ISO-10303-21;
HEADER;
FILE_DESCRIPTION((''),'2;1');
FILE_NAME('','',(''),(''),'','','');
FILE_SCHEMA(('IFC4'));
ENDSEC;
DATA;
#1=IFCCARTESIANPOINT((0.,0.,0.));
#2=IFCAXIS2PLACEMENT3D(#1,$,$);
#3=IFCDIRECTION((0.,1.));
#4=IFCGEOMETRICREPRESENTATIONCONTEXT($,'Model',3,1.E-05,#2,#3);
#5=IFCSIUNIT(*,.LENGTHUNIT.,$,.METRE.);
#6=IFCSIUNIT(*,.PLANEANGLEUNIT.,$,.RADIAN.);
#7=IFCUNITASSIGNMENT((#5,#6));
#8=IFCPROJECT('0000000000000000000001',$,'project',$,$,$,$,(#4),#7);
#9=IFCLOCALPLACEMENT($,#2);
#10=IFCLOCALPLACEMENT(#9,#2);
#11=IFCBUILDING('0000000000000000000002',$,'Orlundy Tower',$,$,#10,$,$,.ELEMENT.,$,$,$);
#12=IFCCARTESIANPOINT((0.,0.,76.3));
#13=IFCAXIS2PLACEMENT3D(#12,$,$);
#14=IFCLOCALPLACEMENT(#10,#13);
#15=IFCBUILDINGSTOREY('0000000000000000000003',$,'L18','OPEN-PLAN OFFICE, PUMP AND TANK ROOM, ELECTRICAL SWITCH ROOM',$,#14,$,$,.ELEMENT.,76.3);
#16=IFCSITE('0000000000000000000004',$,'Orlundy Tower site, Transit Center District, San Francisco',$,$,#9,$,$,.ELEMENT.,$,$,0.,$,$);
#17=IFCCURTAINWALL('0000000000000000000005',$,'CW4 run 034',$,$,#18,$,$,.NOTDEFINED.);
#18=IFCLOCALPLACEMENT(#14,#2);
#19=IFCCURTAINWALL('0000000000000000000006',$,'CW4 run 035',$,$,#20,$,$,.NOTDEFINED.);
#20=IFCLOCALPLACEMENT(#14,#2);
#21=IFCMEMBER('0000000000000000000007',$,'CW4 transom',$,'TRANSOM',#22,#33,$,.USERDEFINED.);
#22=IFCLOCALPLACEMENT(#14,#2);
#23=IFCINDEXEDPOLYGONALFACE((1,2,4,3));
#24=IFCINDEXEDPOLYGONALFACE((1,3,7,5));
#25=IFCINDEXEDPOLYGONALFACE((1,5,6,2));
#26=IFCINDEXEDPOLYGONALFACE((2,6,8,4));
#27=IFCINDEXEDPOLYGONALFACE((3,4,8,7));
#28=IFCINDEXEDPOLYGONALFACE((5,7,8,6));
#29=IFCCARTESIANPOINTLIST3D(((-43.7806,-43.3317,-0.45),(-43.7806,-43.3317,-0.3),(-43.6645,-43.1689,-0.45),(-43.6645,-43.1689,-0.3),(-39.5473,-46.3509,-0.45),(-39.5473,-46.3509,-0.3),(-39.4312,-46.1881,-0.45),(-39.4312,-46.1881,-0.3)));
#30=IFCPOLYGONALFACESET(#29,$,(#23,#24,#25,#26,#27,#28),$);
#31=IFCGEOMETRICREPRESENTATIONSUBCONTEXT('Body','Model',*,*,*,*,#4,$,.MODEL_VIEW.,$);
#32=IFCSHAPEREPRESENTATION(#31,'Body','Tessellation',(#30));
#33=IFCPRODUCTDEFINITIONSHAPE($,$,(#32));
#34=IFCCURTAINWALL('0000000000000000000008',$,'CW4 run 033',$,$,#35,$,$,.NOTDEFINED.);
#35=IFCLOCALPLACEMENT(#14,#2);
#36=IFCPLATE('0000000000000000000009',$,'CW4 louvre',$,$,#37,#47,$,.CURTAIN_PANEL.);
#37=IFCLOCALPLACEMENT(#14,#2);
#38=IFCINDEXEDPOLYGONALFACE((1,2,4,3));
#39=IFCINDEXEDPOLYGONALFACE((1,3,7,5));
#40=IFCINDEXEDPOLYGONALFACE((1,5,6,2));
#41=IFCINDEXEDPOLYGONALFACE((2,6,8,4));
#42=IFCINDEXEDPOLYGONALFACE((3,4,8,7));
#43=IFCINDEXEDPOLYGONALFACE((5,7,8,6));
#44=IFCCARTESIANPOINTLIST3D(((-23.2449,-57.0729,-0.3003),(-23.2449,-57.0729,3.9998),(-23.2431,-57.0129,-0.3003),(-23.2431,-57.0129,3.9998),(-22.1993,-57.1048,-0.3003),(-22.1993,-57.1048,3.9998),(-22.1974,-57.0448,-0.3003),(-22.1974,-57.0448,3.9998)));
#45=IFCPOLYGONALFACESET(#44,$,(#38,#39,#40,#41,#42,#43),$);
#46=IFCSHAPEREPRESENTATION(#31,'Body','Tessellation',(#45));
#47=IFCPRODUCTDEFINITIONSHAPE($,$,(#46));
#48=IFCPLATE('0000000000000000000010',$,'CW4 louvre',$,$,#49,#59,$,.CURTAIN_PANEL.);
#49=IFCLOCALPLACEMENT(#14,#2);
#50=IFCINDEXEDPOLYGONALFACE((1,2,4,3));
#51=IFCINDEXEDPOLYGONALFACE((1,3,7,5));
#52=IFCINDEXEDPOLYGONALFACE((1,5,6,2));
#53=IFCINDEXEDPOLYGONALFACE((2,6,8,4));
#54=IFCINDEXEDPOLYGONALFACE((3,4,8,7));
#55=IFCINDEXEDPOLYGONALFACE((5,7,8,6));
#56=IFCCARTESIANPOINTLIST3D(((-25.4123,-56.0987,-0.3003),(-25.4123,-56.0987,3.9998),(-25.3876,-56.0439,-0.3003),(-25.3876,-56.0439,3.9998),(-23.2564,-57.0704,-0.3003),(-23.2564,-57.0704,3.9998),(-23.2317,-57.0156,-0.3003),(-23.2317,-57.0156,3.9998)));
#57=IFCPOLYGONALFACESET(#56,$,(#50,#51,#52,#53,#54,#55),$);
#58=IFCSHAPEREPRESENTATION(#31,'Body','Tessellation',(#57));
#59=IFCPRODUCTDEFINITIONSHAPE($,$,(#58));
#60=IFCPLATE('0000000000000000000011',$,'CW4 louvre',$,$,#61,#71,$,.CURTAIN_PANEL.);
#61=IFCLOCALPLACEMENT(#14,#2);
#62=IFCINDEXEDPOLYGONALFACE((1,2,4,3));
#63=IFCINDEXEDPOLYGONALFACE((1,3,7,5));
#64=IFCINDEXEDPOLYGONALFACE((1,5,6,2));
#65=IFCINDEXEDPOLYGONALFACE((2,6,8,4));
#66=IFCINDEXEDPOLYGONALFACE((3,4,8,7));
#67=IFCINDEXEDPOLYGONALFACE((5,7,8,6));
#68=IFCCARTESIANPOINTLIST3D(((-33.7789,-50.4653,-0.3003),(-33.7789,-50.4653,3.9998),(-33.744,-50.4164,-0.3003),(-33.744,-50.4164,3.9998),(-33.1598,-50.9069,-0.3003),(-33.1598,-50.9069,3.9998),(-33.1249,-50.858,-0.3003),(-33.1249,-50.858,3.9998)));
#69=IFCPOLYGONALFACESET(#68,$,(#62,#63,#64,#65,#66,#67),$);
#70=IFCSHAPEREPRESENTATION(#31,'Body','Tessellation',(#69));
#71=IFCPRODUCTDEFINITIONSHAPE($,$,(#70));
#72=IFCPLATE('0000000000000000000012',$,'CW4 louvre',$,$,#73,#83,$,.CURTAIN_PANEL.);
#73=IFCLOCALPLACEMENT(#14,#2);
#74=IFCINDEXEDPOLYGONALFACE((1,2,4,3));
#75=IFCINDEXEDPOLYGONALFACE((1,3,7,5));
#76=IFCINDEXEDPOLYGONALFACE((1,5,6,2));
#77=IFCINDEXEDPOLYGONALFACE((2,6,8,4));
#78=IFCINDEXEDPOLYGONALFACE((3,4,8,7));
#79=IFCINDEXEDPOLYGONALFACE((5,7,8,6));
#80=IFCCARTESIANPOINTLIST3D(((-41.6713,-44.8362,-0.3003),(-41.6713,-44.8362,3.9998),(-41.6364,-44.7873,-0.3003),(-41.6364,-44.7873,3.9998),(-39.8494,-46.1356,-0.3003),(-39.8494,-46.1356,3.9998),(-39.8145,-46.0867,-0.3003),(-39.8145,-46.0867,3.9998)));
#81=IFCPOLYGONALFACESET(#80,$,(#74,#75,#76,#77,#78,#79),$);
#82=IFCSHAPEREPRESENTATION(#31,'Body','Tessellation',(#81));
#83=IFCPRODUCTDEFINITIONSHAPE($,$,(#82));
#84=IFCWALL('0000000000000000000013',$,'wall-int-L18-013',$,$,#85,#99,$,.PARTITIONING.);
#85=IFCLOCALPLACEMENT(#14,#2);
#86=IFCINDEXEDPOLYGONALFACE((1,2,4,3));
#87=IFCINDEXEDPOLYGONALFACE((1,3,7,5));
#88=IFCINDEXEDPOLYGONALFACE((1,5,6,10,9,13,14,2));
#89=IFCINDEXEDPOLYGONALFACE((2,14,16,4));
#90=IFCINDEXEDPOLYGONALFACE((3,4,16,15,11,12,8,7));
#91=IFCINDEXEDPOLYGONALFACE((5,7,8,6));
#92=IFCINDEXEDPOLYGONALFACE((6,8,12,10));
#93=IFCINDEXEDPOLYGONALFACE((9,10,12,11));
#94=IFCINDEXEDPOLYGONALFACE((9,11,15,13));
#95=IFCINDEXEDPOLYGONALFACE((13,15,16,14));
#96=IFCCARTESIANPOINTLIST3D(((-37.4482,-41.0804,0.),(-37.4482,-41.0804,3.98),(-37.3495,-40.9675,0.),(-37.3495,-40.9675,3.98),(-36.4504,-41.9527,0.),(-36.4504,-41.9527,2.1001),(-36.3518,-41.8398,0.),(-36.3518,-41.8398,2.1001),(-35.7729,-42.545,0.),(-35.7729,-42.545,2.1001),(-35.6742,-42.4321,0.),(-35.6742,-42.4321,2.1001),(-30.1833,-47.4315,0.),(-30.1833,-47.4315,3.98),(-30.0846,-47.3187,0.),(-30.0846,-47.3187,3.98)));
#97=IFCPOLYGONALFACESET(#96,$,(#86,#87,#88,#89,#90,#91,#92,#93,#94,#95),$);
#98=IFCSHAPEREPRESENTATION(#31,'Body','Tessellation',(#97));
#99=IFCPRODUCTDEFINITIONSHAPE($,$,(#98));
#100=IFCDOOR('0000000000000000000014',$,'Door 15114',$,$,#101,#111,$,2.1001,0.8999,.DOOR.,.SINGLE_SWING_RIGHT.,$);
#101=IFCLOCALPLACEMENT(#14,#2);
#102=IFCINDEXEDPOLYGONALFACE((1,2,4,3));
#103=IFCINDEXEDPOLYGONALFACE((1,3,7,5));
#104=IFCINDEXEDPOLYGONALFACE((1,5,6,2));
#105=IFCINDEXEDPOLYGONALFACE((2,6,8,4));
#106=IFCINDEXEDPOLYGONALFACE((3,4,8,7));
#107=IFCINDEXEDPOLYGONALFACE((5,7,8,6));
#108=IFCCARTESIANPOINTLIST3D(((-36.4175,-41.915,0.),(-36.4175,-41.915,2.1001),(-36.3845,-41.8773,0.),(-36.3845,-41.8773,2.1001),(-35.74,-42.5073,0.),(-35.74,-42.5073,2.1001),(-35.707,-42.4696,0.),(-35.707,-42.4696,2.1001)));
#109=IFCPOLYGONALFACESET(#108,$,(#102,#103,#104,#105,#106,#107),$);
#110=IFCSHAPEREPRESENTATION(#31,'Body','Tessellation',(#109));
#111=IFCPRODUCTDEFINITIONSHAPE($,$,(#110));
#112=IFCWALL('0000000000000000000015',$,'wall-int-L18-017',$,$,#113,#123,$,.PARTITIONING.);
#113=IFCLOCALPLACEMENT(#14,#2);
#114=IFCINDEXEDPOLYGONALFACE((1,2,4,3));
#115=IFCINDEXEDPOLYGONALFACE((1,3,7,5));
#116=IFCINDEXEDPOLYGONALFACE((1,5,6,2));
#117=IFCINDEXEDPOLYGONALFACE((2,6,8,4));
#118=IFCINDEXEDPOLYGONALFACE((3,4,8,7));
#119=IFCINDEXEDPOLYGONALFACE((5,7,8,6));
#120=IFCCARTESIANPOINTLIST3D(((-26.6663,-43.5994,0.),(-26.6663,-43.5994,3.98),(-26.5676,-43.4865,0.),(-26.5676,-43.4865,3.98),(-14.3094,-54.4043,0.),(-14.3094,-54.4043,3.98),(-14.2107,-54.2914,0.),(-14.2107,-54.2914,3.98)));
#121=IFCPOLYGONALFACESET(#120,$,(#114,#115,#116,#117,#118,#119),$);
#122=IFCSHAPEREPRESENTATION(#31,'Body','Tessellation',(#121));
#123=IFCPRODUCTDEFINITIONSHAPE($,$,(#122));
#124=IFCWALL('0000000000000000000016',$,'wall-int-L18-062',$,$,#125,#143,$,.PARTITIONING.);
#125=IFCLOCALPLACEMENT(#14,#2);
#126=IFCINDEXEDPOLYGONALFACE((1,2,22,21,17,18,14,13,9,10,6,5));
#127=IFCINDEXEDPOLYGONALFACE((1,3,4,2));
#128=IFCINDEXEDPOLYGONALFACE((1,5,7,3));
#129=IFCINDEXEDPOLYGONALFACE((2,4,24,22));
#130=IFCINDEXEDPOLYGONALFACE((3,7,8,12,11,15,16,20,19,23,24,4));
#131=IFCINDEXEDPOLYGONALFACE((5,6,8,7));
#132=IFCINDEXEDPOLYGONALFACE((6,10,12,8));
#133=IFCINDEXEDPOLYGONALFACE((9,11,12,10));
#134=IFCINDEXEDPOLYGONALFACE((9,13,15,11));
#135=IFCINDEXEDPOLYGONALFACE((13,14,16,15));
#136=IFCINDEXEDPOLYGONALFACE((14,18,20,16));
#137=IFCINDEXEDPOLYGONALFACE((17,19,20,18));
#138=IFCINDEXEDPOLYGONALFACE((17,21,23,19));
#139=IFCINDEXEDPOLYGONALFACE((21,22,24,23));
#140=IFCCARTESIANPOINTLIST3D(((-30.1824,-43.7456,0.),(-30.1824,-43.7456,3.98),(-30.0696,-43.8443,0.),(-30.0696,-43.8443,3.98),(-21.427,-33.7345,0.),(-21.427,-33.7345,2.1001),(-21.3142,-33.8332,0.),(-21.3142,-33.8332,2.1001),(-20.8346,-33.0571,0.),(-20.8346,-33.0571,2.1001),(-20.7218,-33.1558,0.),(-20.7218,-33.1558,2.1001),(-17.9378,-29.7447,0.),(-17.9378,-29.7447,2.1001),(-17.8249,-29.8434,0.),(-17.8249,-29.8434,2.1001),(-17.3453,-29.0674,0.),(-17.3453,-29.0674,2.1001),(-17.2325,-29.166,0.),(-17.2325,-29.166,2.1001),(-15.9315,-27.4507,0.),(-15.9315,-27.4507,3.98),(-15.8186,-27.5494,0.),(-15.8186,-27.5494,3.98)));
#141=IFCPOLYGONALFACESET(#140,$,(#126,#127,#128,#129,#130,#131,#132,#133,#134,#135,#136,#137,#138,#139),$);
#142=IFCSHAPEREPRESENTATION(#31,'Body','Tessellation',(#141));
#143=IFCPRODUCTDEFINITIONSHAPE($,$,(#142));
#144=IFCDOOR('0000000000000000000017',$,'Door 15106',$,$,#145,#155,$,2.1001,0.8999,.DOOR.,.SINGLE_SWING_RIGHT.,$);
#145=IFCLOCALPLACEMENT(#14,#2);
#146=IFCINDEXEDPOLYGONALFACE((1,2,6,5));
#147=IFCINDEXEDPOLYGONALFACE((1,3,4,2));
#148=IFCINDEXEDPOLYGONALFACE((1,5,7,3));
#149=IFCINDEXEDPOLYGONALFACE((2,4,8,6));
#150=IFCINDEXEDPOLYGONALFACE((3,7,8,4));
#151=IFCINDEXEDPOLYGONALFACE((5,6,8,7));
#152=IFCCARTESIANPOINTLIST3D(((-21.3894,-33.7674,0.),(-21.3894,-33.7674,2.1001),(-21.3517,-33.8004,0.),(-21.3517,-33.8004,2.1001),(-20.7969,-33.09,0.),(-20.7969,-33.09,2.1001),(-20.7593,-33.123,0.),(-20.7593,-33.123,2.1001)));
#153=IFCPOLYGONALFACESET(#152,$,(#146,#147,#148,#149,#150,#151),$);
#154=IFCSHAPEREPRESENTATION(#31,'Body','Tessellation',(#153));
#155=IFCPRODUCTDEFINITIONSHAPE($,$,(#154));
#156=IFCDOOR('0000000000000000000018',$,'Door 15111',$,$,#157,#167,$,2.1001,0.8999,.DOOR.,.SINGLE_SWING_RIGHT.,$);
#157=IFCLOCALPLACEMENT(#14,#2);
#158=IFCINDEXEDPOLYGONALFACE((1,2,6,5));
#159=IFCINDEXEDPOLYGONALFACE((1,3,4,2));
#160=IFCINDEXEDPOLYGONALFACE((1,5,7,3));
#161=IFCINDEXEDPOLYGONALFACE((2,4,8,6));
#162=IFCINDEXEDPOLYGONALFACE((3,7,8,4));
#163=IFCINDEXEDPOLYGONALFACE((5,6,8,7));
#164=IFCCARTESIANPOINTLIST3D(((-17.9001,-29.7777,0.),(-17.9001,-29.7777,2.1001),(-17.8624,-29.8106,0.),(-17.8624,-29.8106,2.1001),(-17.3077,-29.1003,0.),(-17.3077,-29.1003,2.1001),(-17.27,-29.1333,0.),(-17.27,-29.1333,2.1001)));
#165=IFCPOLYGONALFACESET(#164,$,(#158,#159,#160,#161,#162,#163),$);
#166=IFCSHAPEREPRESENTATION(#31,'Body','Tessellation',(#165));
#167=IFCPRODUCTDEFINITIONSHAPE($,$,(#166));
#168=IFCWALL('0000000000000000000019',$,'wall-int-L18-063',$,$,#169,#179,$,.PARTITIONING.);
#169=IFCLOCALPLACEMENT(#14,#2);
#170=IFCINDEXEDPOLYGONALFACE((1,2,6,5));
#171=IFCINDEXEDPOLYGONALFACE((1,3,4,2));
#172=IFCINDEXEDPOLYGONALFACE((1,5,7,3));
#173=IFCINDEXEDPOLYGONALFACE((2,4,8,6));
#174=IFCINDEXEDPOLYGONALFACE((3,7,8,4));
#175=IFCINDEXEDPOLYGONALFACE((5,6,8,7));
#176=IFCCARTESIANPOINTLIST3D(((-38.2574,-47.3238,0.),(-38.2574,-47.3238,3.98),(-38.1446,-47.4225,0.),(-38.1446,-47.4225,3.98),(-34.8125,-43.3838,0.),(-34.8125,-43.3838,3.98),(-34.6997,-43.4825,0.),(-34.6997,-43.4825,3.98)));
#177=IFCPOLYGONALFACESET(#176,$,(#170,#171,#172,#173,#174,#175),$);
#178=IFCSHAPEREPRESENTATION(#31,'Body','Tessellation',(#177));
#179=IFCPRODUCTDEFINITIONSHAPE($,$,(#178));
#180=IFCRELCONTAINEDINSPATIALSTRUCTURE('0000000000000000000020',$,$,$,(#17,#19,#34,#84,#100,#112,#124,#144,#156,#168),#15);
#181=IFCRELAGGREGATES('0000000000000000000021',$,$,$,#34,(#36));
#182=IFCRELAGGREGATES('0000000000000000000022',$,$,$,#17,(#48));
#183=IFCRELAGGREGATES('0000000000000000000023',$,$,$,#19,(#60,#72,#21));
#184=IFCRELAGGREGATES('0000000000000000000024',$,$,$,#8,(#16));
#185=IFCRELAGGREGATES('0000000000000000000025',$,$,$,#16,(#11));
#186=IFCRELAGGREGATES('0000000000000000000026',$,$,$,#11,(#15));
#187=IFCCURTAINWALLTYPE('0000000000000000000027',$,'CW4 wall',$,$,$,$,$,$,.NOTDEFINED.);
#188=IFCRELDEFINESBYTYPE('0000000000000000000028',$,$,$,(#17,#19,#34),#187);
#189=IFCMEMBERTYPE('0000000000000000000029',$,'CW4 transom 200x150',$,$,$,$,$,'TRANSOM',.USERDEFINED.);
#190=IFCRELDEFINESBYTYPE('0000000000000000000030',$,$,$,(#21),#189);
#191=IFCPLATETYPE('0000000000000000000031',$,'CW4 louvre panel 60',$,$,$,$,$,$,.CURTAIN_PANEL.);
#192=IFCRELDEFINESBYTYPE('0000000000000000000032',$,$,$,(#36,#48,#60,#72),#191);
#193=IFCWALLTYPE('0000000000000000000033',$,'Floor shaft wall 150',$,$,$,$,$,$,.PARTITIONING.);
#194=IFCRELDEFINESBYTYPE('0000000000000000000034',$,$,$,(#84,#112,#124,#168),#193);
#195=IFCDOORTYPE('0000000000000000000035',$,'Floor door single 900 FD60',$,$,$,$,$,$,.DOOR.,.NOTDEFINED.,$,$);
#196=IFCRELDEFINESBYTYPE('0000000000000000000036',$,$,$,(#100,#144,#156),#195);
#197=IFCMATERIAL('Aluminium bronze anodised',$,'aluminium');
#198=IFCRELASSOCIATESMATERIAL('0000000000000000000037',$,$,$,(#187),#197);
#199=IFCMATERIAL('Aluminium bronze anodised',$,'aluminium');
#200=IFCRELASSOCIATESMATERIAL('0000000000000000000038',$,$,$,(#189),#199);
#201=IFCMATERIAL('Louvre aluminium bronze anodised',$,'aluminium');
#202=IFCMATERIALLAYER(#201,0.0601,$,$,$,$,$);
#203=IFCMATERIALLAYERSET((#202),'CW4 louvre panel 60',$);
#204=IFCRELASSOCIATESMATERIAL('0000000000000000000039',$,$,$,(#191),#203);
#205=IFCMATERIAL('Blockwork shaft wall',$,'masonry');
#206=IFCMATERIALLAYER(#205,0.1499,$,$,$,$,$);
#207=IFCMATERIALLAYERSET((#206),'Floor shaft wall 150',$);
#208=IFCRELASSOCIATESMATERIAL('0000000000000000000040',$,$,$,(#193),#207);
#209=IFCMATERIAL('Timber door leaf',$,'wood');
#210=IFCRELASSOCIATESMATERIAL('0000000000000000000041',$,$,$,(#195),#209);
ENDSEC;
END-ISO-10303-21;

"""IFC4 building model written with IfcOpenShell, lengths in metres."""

from ifc_helpers import new_model, si_unit, direction, frame, frame_2d, origin, origin_2d, place, context, subcontext, project, spatial, rectangle, extrude, material, layer, layer_set, material_profile, profile_set, type_object, element, fill, aggregate, save


model = new_model("IFC4")

# Units and contexts
model_context = context("Model", 3, precision=1e-05, world=origin(), true_north=direction((0.0, 1.0)))
body_context = subcontext(model_context, "Body", "Model", "MODEL_VIEW")
ifc_project = project(units=[si_unit("LENGTHUNIT", "METRE"), si_unit("PLANEANGLEUNIT", "RADIAN")], contexts=[model_context])

# Site, building, storey
site_placement = place(None, origin())
site = spatial("IfcSite", under=ifc_project, at=site_placement, Name="Orlundy Tower site, Transit Center District, San Francisco", CompositionType="ELEMENT", RefElevation=0.0)
building_placement = place(site_placement, origin())
building = spatial("IfcBuilding", under=site, at=building_placement, Name="Orlundy Tower", CompositionType="ELEMENT")
storey_placement = place(building_placement, frame((0.0, 0.0, 76.3)))
storey = spatial("IfcBuildingStorey", under=building, at=storey_placement, Name="L18", Description="OPEN-PLAN OFFICE, PUMP AND TANK ROOM, ELECTRICAL SWITCH ROOM", CompositionType="ELEMENT", Elevation=76.3)

# Curtain walls, member
ifc_material_1 = material(Name="Aluminium bronze anodised", Category="aluminium")
curtain_wall_type = type_object("IfcCurtainWallType", Name="CW4 wall", PredefinedType="NOTDEFINED", material=ifc_material_1)
curtain_wall_1_placement = place(storey_placement, origin())
curtain_wall_1 = element("IfcCurtainWall", 1, at=curtain_wall_1_placement, inside=storey, type_object=curtain_wall_type, Name="CW4 run 034", PredefinedType="NOTDEFINED")
ifc_material_2 = material(Name="Aluminium bronze anodised", Category="aluminium")
ifc_material_profile_1 = material_profile(ifc_material_2, rectangle(XDim=0.2, YDim=0.1499, at=origin_2d()), Name="CW4 transom 200x150")
ifc_profile_set_1 = profile_set([ifc_material_profile_1], Name="Aluminium bronze anodised")
member_type_1 = type_object("IfcMemberType", Name="CW4 transom 200x150", ElementType="TRANSOM", PredefinedType="USERDEFINED", material=ifc_profile_set_1)
curtain_wall_2_placement = place(storey_placement, origin())
curtain_wall_2 = element("IfcCurtainWall", 2, at=curtain_wall_2_placement, inside=storey, type_object=curtain_wall_type, Name="CW4 run 035", PredefinedType="NOTDEFINED")
member_1_placement = place(storey_placement, frame((-39.4893, -46.2695, -0.375), z_axis=(-0.814149, 0.580656, 0.0), x_axis=(-0.580656, -0.814149, 0.0)))
member_1 = element("IfcMember", 3, at=member_1_placement, type_object=member_type_1, Name="CW4 transom", ObjectType="TRANSOM", PredefinedType="USERDEFINED", context=body_context, shape_type="SweptSolid", body=[
    extrude(rectangle(XDim=0.2, YDim=0.1499, at=origin_2d()), origin(), (0.0, 0.0, 1.0), 5.1997),
])

# Curtain wall, plate
curtain_wall_3_placement = place(storey_placement, origin())
curtain_wall_3 = element("IfcCurtainWall", 4, at=curtain_wall_3_placement, inside=storey, type_object=curtain_wall_type, Name="CW4 run 033", PredefinedType="NOTDEFINED")
ifc_material_3 = material(Name="Louvre aluminium bronze anodised", Category="aluminium")
ifc_layer_1 = layer(ifc_material_3, 0.0601)
ifc_layer_set_1 = layer_set([ifc_layer_1], Name="CW4 louvre panel 60")
plate_type = type_object("IfcPlateType", Name="CW4 louvre panel 60", PredefinedType="CURTAIN_PANEL", material=ifc_layer_set_1)
plate_1_placement = place(storey_placement, frame((-22.7212, -57.0588, -0.3003), z_axis=(0.0, 0.0, 1.0), x_axis=(-0.999535, 0.030485, 0.0)))
plate_1 = element("IfcPlate", 5, at=plate_1_placement, type_object=plate_type, Name="CW4 louvre", PredefinedType="CURTAIN_PANEL", context=body_context, shape_type="SweptSolid", body=[
    extrude(rectangle(XDim=1.0461, YDim=0.0601, at=origin_2d()), origin(), (0.0, 0.0, 1.0), 4.3),
])
aggregate(curtain_wall_3, [plate_1])

# Plates
plate_2_placement = place(storey_placement, frame((-24.322, -56.5571, -0.3003), z_axis=(0.0, 0.0, 1.0), x_axis=(-0.911674, 0.410914, 0.0)))
plate_2 = element("IfcPlate", 6, at=plate_2_placement, type_object=plate_type, Name="CW4 louvre", PredefinedType="CURTAIN_PANEL", context=body_context, shape_type="SweptSolid", body=[
    extrude(rectangle(XDim=2.3647, YDim=0.0601, at=origin_2d()), origin(), (0.0, 0.0, 1.0), 4.3),
])
aggregate(curtain_wall_1, [plate_2])
plate_3_placement = place(storey_placement, frame((-33.4519, -50.6616, -0.3003), z_axis=(0.0, 0.0, 1.0), x_axis=(-0.814142, 0.580666, 0.0)))
plate_3 = element("IfcPlate", 7, at=plate_3_placement, type_object=plate_type, Name="CW4 louvre", PredefinedType="CURTAIN_PANEL", context=body_context, shape_type="SweptSolid", body=[
    extrude(rectangle(XDim=0.7605, YDim=0.0601, at=origin_2d()), origin(), (0.0, 0.0, 1.0), 4.3),
])
plate_4_placement = place(storey_placement, frame((-40.7429, -45.4614, -0.3003), z_axis=(0.0, 0.0, 1.0), x_axis=(-0.814142, 0.580666, 0.0)))
plate_4 = element("IfcPlate", 8, at=plate_4_placement, type_object=plate_type, Name="CW4 louvre", PredefinedType="CURTAIN_PANEL", context=body_context, shape_type="SweptSolid", body=[
    extrude(rectangle(XDim=2.2378, YDim=0.0601, at=origin_2d()), origin(), (0.0, 0.0, 1.0), 4.3),
])
aggregate(curtain_wall_2, [plate_3, plate_4, member_1])

# Wall, opening, door
ifc_material_4 = material(Name="Blockwork shaft wall", Category="masonry")
ifc_layer_2 = layer(ifc_material_4, 0.1499)
ifc_layer_set_2 = layer_set([ifc_layer_2], Name="Floor shaft wall 150")
wall_type = type_object("IfcWallType", Name="Floor shaft wall 150", PredefinedType="PARTITIONING", material=ifc_layer_set_2)
wall_1_placement = place(storey_placement, frame((-30.134, -47.375, 0.0), z_axis=(0.0, 0.0, 1.0), x_axis=(-0.75287, 0.65817, 0.0)))
wall_1 = element("IfcWall", 9, at=wall_1_placement, inside=storey, type_object=wall_type, Name="wall-int-L18-013", PredefinedType="PARTITIONING", context=body_context, shape_type="SweptSolid", body=[
    extrude(rectangle(XDim=9.6497, YDim=0.1499, at=frame_2d((4.8247, 0.0))), origin(), (0.0, 0.0, 1.0), 3.98),
])
opening_1_placement = place(wall_1_placement, frame((7.4243, 0.0, 0.0)))
opening_1 = element("IfcOpeningElement", 10, at=opening_1_placement, cuts=wall_1, PredefinedType="OPENING", context=body_context, shape_type="SweptSolid", body=[
    extrude(rectangle(XDim=0.8999, YDim=2.1001, at=frame_2d((0.45, 1.05))), frame((0.0, 0.085, 0.0), z_axis=(0.0, -1.0, 0.0), x_axis=(1.0, 0.0, 0.0)), (0.0, 0.0, 1.0), 0.1699),
])
ifc_material_5 = material(Name="Timber door leaf", Category="wood")
door_type = type_object("IfcDoorType", Name="Floor door single 900 FD60", OperationType="NOTDEFINED", PredefinedType="DOOR", material=ifc_material_5)
door_1_placement = place(opening_1_placement, origin())
door_1 = element("IfcDoor", 11, at=door_1_placement, inside=storey, type_object=door_type, Name="Door 15114", OperationType="SINGLE_SWING_RIGHT", OverallHeight=2.1001, OverallWidth=0.8999, PredefinedType="DOOR", context=body_context, shape_type="SweptSolid", body=[
    extrude(rectangle(XDim=0.8999, YDim=2.1001, at=frame_2d((0.45, 1.05))), frame((0.0, 0.0249, 0.0), z_axis=(0.0, -1.0, 0.0), x_axis=(1.0, 0.0, 0.0)), (0.0, 0.0, 1.0), 0.05),
])
fill(opening_1, door_1)

# Wall
wall_2_placement = place(storey_placement, frame((-26.6169, -43.543, 0.0), z_axis=(0.0, 0.0, 1.0), x_axis=(0.7528, -0.65825, 0.0)))
element("IfcWall", 12, at=wall_2_placement, inside=storey, type_object=wall_type, Name="wall-int-L18-017", PredefinedType="PARTITIONING", context=body_context, shape_type="SweptSolid", body=[
    extrude(rectangle(XDim=16.4146, YDim=0.1499, at=frame_2d((8.2073, 0.0))), origin(), (0.0, 0.0, 1.0), 3.98),
])

# Wall, openings, doors
wall_3_placement = place(storey_placement, frame((-30.126, -43.7949, 0.0), z_axis=(0.0, 0.0, 1.0), x_axis=(0.658319, 0.752739, 0.0)))
wall_3 = element("IfcWall", 13, at=wall_3_placement, inside=storey, type_object=wall_type, Name="wall-int-L18-062", PredefinedType="PARTITIONING", context=body_context, shape_type="SweptSolid", body=[
    extrude(rectangle(XDim=21.6475, YDim=0.1499, at=frame_2d((10.8237, 0.0))), origin(), (0.0, 0.0, 1.0), 3.98),
])
opening_2_placement = place(wall_3_placement, frame((13.2996, 0.0, 0.0)))
opening_2 = element("IfcOpeningElement", 14, at=opening_2_placement, cuts=wall_3, PredefinedType="OPENING", context=body_context, shape_type="SweptSolid", body=[
    extrude(rectangle(XDim=0.8999, YDim=2.1001, at=frame_2d((0.45, 1.05))), frame((0.0, 0.085, 0.0), z_axis=(0.0, -1.0, 0.0), x_axis=(1.0, 0.0, 0.0)), (0.0, 0.0, 1.0), 0.1699),
])
opening_3_placement = place(wall_3_placement, frame((18.5999, 0.0, 0.0)))
opening_3 = element("IfcOpeningElement", 15, at=opening_3_placement, cuts=wall_3, PredefinedType="OPENING", context=body_context, shape_type="SweptSolid", body=[
    extrude(rectangle(XDim=0.8999, YDim=2.1001, at=frame_2d((0.45, 1.05))), frame((0.0, 0.085, 0.0), z_axis=(0.0, -1.0, 0.0), x_axis=(1.0, 0.0, 0.0)), (0.0, 0.0, 1.0), 0.1699),
])
door_2_placement = place(opening_2_placement, origin())
door_2 = element("IfcDoor", 16, at=door_2_placement, inside=storey, type_object=door_type, Name="Door 15106", OperationType="SINGLE_SWING_RIGHT", OverallHeight=2.1001, OverallWidth=0.8999, PredefinedType="DOOR", context=body_context, shape_type="SweptSolid", body=[
    extrude(rectangle(XDim=0.8999, YDim=2.1001, at=frame_2d((0.45, 1.05))), frame((0.0, 0.0249, 0.0), z_axis=(0.0, -1.0, 0.0), x_axis=(1.0, 0.0, 0.0)), (0.0, 0.0, 1.0), 0.05),
])
fill(opening_2, door_2)
door_3_placement = place(opening_3_placement, origin())
door_3 = element("IfcDoor", 17, at=door_3_placement, inside=storey, type_object=door_type, Name="Door 15111", OperationType="SINGLE_SWING_RIGHT", OverallHeight=2.1001, OverallWidth=0.8999, PredefinedType="DOOR", context=body_context, shape_type="SweptSolid", body=[
    extrude(rectangle(XDim=0.8999, YDim=2.1001, at=frame_2d((0.45, 1.05))), frame((0.0, 0.0249, 0.0), z_axis=(0.0, -1.0, 0.0), x_axis=(1.0, 0.0, 0.0)), (0.0, 0.0, 1.0), 0.05),
])
fill(opening_3, door_3)

# Wall
wall_4_placement = place(storey_placement, frame((-38.2009, -47.373, 0.0), z_axis=(0.0, 0.0, 1.0), x_axis=(0.658221, 0.752825, 0.0)))
element("IfcWall", 18, at=wall_4_placement, inside=storey, type_object=wall_type, Name="wall-int-L18-063", PredefinedType="PARTITIONING", context=body_context, shape_type="SweptSolid", body=[
    extrude(rectangle(XDim=5.2336, YDim=0.1499, at=frame_2d((2.6167, 0.0))), origin(), (0.0, 0.0, 1.0), 3.98),
])

save(model, "model.ifc")
